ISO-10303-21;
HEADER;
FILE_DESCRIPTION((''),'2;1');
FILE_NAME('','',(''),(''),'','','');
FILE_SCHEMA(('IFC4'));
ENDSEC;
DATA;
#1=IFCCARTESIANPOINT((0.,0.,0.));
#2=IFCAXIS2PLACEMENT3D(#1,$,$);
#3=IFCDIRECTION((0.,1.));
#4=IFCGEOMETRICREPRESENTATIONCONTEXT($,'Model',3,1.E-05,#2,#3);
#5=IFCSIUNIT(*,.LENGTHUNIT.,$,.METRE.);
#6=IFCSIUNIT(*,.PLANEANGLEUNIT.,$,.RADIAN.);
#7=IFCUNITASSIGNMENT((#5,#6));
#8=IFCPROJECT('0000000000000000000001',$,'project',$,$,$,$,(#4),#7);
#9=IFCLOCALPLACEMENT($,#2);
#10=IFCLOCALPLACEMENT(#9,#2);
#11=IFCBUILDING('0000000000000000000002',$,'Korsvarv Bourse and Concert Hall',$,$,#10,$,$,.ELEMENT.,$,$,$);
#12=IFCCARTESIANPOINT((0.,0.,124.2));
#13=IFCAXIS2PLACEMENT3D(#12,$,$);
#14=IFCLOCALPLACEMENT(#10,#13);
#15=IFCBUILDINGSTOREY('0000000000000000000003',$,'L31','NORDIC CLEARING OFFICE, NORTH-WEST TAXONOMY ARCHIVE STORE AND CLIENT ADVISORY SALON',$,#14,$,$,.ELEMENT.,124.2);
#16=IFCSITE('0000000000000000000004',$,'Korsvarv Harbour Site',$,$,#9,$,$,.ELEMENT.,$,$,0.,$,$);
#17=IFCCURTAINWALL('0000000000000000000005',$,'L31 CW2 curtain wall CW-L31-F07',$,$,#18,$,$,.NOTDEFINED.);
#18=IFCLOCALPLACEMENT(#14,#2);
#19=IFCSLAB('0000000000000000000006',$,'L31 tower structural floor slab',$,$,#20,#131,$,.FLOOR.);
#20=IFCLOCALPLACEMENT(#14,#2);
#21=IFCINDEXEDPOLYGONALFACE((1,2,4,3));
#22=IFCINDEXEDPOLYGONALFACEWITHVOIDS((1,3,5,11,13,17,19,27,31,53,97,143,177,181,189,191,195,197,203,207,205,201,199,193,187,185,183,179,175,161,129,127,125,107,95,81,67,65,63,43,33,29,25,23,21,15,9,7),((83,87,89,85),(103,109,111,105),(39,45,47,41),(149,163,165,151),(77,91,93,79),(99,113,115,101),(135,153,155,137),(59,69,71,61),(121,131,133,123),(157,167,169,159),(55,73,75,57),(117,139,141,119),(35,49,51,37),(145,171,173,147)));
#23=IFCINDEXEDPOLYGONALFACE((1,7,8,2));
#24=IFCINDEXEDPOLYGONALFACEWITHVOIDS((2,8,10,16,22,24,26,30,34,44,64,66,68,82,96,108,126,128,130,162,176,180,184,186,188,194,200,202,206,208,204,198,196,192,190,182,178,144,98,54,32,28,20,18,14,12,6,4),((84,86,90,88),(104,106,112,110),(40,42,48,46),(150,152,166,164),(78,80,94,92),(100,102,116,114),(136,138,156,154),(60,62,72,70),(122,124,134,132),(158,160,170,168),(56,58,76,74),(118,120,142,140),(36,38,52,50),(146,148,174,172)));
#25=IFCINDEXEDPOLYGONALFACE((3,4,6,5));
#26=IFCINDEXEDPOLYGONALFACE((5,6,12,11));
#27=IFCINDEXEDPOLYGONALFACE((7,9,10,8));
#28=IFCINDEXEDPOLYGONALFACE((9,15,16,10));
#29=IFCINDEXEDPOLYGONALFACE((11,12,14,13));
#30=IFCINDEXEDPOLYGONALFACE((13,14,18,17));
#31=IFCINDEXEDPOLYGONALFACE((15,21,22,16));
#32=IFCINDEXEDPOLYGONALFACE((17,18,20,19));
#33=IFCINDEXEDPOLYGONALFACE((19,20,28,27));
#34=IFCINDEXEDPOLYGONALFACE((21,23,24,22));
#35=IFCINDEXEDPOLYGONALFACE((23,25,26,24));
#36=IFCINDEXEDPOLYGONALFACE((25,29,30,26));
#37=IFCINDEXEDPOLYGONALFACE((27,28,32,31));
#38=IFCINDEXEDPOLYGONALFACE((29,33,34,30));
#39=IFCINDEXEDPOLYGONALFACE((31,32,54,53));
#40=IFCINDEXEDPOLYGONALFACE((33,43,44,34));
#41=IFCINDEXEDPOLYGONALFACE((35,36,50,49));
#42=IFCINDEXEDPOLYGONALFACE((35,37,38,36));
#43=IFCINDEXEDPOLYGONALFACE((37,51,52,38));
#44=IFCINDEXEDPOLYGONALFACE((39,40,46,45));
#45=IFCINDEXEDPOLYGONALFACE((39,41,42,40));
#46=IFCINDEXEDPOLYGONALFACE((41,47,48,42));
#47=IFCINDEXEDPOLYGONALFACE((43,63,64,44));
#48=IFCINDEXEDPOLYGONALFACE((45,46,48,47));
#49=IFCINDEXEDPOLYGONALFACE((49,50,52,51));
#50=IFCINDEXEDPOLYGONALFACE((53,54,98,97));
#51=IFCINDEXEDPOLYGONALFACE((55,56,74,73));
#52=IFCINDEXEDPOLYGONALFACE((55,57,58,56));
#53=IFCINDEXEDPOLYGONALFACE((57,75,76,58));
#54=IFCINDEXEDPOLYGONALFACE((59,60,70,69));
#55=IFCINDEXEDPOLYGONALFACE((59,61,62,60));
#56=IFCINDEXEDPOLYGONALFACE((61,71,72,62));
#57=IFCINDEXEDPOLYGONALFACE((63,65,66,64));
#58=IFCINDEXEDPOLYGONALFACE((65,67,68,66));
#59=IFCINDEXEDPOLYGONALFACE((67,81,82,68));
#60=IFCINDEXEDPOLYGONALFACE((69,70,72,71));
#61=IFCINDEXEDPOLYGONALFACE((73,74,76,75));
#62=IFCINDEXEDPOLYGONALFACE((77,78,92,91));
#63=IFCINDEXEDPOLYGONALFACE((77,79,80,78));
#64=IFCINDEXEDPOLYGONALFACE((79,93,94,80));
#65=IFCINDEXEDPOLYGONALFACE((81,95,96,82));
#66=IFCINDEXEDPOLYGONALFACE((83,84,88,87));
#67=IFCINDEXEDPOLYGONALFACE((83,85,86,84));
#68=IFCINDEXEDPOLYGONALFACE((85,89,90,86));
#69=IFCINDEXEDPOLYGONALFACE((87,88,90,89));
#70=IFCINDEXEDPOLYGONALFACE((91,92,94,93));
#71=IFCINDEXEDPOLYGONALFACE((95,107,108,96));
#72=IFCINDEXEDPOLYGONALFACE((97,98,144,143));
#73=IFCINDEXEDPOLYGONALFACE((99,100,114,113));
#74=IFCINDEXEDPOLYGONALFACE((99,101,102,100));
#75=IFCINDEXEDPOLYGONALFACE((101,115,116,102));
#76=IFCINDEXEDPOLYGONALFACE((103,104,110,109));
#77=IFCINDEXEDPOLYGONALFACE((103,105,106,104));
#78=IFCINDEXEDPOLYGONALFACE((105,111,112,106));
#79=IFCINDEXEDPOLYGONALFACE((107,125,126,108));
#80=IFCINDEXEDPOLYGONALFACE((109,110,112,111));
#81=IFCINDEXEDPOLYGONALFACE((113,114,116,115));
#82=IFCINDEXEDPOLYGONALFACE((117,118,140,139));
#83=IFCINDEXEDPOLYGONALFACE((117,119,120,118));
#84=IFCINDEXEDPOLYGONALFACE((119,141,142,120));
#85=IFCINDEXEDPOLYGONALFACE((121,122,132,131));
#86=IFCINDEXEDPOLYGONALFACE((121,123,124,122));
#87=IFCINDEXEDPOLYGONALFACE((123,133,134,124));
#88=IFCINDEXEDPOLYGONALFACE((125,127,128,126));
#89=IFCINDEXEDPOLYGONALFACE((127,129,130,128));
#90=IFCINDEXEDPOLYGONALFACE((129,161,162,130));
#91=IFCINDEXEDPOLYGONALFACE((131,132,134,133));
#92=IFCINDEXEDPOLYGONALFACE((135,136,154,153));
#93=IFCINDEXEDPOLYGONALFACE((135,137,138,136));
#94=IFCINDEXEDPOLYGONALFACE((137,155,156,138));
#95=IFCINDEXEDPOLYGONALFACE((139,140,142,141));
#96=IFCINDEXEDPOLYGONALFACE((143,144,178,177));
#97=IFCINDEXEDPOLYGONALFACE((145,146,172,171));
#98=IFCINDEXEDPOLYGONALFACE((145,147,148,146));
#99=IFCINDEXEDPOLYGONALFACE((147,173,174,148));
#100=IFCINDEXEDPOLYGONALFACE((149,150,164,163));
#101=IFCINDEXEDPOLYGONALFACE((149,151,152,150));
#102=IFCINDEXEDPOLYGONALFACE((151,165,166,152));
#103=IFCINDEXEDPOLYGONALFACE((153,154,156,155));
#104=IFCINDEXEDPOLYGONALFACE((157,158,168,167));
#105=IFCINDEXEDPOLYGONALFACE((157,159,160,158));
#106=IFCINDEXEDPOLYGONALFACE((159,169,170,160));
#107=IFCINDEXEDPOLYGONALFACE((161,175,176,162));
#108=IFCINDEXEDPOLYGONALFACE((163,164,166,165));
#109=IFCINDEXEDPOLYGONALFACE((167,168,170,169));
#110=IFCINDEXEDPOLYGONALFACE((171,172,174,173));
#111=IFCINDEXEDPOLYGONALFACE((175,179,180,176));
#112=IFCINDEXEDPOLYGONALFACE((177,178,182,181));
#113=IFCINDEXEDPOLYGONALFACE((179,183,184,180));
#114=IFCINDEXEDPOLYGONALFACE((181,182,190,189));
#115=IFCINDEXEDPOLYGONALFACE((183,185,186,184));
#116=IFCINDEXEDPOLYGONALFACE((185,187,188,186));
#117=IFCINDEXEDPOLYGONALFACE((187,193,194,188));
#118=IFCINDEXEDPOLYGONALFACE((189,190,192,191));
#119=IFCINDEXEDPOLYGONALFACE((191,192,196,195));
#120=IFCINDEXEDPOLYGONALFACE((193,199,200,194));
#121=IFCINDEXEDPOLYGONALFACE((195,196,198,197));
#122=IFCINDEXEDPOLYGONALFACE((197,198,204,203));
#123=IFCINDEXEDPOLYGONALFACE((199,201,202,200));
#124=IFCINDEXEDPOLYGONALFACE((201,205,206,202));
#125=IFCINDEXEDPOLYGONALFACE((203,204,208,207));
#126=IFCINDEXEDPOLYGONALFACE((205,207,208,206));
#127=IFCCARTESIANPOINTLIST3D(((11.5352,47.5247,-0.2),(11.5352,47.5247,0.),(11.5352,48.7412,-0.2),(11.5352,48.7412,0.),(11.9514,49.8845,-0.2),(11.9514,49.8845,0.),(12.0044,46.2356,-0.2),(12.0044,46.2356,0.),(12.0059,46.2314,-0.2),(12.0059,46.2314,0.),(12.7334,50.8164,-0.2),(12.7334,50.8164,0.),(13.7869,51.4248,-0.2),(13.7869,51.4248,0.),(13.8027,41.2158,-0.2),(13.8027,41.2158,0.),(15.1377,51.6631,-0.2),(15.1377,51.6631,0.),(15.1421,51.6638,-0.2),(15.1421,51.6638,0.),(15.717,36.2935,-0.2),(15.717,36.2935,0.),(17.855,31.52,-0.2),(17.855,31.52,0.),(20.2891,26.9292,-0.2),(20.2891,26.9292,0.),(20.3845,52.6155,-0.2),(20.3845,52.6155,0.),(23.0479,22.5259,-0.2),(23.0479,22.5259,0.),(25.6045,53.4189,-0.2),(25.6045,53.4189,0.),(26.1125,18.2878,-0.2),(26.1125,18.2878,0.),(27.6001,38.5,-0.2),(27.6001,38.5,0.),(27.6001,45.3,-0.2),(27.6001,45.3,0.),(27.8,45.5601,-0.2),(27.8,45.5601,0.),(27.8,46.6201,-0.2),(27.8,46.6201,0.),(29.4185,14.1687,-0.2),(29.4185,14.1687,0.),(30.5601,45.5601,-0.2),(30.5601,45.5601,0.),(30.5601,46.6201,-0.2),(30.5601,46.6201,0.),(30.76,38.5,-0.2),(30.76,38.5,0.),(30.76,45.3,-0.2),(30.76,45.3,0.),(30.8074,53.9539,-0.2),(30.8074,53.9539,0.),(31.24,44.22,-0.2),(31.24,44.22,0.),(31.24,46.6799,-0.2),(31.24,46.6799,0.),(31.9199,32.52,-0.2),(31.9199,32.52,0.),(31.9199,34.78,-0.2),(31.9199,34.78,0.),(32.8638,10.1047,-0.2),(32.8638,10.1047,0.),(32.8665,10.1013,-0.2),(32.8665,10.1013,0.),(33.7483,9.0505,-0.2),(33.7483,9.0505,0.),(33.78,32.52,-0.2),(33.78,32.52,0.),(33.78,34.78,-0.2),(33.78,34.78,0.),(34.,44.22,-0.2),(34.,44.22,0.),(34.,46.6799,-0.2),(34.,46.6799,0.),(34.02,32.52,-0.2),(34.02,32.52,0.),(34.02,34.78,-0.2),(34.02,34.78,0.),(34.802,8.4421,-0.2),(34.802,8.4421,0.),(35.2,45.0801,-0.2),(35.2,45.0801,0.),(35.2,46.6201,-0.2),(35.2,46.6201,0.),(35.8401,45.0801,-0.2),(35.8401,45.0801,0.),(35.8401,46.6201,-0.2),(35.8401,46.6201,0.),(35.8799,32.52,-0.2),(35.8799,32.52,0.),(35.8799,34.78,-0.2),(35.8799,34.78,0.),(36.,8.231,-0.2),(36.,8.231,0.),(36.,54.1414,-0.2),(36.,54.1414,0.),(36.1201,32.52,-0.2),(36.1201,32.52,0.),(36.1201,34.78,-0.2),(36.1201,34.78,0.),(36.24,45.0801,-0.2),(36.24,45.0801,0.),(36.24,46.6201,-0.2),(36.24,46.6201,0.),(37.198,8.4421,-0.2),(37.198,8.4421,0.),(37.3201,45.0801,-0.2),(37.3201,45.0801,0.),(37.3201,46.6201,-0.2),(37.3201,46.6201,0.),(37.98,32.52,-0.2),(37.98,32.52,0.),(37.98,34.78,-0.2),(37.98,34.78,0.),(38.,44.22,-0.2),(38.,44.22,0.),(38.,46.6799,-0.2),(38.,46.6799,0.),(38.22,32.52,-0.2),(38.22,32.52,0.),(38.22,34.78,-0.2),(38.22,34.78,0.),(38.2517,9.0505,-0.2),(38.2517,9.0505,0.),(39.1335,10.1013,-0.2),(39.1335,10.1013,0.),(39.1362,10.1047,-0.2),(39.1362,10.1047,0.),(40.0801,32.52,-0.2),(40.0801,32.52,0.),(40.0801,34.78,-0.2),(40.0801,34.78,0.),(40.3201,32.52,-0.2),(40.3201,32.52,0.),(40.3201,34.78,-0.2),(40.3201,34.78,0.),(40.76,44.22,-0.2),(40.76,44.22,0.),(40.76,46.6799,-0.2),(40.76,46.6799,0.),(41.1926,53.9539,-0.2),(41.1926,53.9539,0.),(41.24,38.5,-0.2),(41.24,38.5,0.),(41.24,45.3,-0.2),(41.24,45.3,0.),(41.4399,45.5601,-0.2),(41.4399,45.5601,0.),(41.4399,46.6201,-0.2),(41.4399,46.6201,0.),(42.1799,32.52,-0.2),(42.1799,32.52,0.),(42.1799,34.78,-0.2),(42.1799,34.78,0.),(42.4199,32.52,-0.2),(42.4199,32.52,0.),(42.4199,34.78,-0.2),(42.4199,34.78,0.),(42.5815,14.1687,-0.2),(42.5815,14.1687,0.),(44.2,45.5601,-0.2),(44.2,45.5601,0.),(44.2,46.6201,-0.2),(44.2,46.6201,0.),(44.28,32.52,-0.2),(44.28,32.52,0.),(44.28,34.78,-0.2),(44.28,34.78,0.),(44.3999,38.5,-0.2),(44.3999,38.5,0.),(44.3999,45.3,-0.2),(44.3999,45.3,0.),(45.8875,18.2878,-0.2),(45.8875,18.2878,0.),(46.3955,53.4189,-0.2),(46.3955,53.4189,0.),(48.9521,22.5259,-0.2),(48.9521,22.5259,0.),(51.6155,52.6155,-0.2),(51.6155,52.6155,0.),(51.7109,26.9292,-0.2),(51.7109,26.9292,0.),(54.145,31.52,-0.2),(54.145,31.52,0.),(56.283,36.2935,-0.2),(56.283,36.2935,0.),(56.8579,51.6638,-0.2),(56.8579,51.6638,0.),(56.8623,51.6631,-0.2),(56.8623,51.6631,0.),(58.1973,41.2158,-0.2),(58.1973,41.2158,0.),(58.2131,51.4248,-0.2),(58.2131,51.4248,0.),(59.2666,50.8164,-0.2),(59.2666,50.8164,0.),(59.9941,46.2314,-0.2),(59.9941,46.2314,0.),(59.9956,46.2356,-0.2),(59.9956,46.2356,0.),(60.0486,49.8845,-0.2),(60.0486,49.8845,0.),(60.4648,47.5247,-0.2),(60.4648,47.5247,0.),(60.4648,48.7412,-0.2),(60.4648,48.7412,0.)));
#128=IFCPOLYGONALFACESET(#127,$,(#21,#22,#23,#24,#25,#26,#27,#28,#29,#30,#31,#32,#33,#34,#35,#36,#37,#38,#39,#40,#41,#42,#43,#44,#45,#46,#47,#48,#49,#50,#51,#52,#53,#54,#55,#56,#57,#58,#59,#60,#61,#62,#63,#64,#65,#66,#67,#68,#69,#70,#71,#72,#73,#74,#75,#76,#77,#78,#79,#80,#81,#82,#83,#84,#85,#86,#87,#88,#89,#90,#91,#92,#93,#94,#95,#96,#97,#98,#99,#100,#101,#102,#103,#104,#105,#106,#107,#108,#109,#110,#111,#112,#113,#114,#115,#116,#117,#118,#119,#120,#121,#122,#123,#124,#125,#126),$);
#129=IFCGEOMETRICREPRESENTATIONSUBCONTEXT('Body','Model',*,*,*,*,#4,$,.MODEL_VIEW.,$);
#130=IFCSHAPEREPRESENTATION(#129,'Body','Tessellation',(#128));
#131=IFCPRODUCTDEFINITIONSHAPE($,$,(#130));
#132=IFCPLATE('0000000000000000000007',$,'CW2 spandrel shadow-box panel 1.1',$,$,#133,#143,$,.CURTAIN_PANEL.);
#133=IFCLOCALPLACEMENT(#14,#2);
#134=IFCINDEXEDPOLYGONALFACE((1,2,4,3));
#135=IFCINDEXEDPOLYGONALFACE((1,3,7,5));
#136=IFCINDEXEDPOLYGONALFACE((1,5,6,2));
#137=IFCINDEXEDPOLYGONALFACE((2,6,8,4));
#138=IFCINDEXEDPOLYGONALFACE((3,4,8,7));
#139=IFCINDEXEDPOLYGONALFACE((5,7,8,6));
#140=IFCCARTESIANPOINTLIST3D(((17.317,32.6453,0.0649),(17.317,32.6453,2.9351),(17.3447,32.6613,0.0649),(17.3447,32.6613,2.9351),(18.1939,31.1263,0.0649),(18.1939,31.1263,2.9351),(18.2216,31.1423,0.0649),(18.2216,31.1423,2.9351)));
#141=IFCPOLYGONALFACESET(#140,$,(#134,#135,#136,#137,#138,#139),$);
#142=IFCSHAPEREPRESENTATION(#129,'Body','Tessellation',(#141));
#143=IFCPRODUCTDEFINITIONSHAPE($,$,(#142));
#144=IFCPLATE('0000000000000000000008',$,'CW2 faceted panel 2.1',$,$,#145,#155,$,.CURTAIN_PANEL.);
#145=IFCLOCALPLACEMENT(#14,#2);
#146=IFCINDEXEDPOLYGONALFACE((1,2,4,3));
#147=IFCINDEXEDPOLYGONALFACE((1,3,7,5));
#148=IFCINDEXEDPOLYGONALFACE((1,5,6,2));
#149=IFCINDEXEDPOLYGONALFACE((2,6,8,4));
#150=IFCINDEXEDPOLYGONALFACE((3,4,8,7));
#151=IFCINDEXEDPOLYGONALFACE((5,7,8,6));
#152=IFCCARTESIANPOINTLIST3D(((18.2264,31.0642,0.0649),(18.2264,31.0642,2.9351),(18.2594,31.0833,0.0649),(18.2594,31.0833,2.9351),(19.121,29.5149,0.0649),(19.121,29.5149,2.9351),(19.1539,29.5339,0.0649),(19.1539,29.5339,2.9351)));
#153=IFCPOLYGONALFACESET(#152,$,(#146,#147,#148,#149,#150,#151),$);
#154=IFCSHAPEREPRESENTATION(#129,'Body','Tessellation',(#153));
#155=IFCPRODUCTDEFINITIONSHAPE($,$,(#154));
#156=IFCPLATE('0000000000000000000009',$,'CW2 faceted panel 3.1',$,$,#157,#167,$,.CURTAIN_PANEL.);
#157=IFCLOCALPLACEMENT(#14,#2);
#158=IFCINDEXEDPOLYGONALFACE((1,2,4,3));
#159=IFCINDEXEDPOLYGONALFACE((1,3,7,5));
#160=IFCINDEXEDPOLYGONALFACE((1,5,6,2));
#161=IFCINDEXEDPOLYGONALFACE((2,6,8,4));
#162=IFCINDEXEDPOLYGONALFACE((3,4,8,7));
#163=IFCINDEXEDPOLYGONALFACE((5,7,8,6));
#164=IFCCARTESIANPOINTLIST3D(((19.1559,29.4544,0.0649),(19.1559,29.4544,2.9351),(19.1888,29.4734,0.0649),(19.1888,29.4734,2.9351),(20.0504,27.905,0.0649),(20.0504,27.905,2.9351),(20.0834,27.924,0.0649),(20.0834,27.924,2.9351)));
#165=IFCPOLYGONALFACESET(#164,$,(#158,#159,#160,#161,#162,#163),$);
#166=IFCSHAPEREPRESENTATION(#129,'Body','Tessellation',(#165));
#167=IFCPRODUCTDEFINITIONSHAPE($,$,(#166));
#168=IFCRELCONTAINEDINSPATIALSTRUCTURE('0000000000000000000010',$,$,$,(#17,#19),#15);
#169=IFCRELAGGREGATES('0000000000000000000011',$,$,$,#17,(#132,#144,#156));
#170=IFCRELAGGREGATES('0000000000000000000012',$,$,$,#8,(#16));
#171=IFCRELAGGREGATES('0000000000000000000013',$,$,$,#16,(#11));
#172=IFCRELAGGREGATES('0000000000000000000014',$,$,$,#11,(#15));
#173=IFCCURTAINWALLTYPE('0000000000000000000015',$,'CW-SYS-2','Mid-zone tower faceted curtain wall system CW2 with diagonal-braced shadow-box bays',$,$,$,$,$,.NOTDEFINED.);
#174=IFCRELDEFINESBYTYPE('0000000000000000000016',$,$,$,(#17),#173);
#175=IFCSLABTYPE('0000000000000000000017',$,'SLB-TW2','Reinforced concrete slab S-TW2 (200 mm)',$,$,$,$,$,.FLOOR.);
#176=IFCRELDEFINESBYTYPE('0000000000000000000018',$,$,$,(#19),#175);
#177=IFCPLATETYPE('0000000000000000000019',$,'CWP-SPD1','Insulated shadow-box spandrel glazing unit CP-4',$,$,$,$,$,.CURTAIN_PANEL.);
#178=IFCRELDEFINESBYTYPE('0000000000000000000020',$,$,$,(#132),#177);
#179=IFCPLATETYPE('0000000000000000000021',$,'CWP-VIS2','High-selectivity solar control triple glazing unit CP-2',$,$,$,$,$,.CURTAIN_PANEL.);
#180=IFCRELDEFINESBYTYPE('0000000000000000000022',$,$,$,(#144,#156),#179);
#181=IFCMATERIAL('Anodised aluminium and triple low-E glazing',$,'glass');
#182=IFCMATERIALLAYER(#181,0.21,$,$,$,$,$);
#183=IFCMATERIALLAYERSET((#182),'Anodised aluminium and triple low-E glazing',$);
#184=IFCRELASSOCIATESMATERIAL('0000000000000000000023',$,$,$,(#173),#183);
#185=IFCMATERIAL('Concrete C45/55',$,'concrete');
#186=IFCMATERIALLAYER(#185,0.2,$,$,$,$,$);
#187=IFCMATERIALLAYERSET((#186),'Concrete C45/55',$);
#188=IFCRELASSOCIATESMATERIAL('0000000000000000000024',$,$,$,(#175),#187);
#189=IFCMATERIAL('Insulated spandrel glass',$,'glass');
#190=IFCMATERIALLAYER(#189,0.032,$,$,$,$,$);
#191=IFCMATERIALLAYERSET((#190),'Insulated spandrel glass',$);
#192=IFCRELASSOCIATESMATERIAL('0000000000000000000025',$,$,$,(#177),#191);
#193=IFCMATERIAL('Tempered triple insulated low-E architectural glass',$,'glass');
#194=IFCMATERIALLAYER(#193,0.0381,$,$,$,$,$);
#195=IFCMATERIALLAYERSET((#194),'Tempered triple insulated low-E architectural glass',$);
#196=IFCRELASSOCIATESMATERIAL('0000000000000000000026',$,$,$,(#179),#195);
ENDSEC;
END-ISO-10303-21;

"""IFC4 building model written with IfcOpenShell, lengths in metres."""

from ifc_helpers import new_model, si_unit, direction, frame, origin, origin_2d, place, context, subcontext, project, spatial, polyline, rectangle, outline, extrude, source, transform, mapped, material, layer, layer_set, type_object, element, aggregate, save


model = new_model("IFC4")

# Units and contexts
model_context = context("Model", 3, precision=1e-05, world=origin(), true_north=direction((0.0, 1.0)))
body_context = subcontext(model_context, "Body", "Model", "MODEL_VIEW")
ifc_project = project(units=[si_unit("LENGTHUNIT", "METRE"), si_unit("PLANEANGLEUNIT", "RADIAN")], contexts=[model_context])

# Site, building, storey
site_placement = place(None, origin())
site = spatial("IfcSite", under=ifc_project, at=site_placement, Name="Korsvarv Harbour Site", CompositionType="ELEMENT", RefElevation=0.0)
building_placement = place(site_placement, origin())
building = spatial("IfcBuilding", under=site, at=building_placement, Name="Korsvarv Bourse and Concert Hall", CompositionType="ELEMENT")
storey_placement = place(building_placement, frame((0.0, 0.0, 124.2)))
storey = spatial("IfcBuildingStorey", under=building, at=storey_placement, Name="L31", Description="NORDIC CLEARING OFFICE, NORTH-WEST TAXONOMY ARCHIVE STORE AND CLIENT ADVISORY SALON", CompositionType="ELEMENT", Elevation=124.2)

# Curtain wall
ifc_material_1 = material(Name="Anodised aluminium and triple low-E glazing", Category="glass")
ifc_layer_1 = layer(ifc_material_1, 0.21)
ifc_layer_set_1 = layer_set([ifc_layer_1], Name="Anodised aluminium and triple low-E glazing")
curtain_wall_type = type_object("IfcCurtainWallType", Name="CW-SYS-2", Description="Mid-zone tower faceted curtain wall system CW2 with diagonal-braced shadow-box bays", PredefinedType="NOTDEFINED", material=ifc_layer_set_1)
curtain_wall_placement = place(storey_placement, origin())
curtain_wall = element("IfcCurtainWall", 1, at=curtain_wall_placement, inside=storey, type_object=curtain_wall_type, Name="L31 CW2 curtain wall CW-L31-F07", PredefinedType="NOTDEFINED")

# Slab
ifc_material_2 = material(Name="Concrete C45/55", Category="concrete")
ifc_layer_2 = layer(ifc_material_2, 0.2)
ifc_layer_set_2 = layer_set([ifc_layer_2], Name="Concrete C45/55")
slab_type_1 = type_object("IfcSlabType", Name="SLB-TW2", Description="Reinforced concrete slab S-TW2 (200 mm)", PredefinedType="FLOOR", material=ifc_layer_set_2)
slab_1_placement = place(storey_placement, frame((0.0, 0.0, -0.2)))
element("IfcSlab", 2, at=slab_1_placement, inside=storey, type_object=slab_type_1, Name="L31 tower structural floor slab", PredefinedType="FLOOR", context=body_context, shape_type="SweptSolid", body=[
    extrude(outline(polyline([(59.9941, 46.2314), (58.1973, 41.2158), (56.283, 36.2935), (54.145, 31.52), (51.7109, 26.9292), (48.9521, 22.5259), (45.8875, 18.2878), (42.5815, 14.1687), (39.1362, 10.1047), (39.1335, 10.1013), (38.2517, 9.0505), (37.198, 8.4421), (36.0, 8.231), (34.802, 8.4421), (33.7483, 9.0505), (32.8665, 10.1013), (32.8638, 10.1047), (29.4185, 14.1687), (26.1125, 18.2878), (23.0479, 22.5259), (20.2891, 26.9292), (17.855, 31.52), (15.717, 36.2935), (13.8027, 41.2158), (12.0059, 46.2314), (12.0044, 46.2356), (11.5352, 47.5247), (11.5352, 48.7412), (11.9514, 49.8845), (12.7334, 50.8164), (13.7869, 51.4248), (15.1377, 51.6631), (15.1421, 51.6638), (20.3845, 52.6155), (25.6045, 53.4189), (30.8074, 53.9539), (36.0, 54.1414), (41.1926, 53.9539), (46.3955, 53.4189), (51.6155, 52.6155), (56.8579, 51.6638), (56.8623, 51.6631), (58.2131, 51.4248), (59.2666, 50.8164), (60.0486, 49.8845), (60.4648, 48.7412), (60.4648, 47.5247), (59.9956, 46.2356), (59.9941, 46.2314)]), holes=[polyline([(30.76, 38.5), (30.76, 45.3), (27.6001, 45.3), (27.6001, 38.5), (30.76, 38.5)]), polyline([(44.3999, 38.5), (44.3999, 45.3), (41.24, 45.3), (41.24, 38.5), (44.3999, 38.5)]), polyline([(31.24, 44.22), (34.0, 44.22), (34.0, 46.6799), (31.24, 46.6799), (31.24, 44.22)]), polyline([(38.0, 44.22), (40.76, 44.22), (40.76, 46.6799), (38.0, 46.6799), (38.0, 44.22)]), polyline([(31.9199, 32.52), (33.78, 32.52), (33.78, 34.78), (31.9199, 34.78), (31.9199, 32.52)]), polyline([(34.02, 32.52), (35.8799, 32.52), (35.8799, 34.78), (34.02, 34.78), (34.02, 32.52)]), polyline([(36.1201, 32.52), (37.98, 32.52), (37.98, 34.78), (36.1201, 34.78), (36.1201, 32.52)]), polyline([(38.22, 32.52), (40.0801, 32.52), (40.0801, 34.78), (38.22, 34.78), (38.22, 32.52)]), polyline([(40.3201, 32.52), (42.1799, 32.52), (42.1799, 34.78), (40.3201, 34.78), (40.3201, 32.52)]), polyline([(42.4199, 32.52), (44.28, 32.52), (44.28, 34.78), (42.4199, 34.78), (42.4199, 32.52)]), polyline([(27.8, 45.5601), (30.5601, 45.5601), (30.5601, 46.6201), (27.8, 46.6201), (27.8, 45.5601)]), polyline([(41.4399, 45.5601), (44.2, 45.5601), (44.2, 46.6201), (41.4399, 46.6201), (41.4399, 45.5601)]), polyline([(35.2, 45.0801), (35.8401, 45.0801), (35.8401, 46.6201), (35.2, 46.6201), (35.2, 45.0801)]), polyline([(36.24, 45.0801), (37.3201, 45.0801), (37.3201, 46.6201), (36.24, 46.6201), (36.24, 45.0801)])]), origin(), (0.0, 0.0, 1.0), 0.2),
])

# Plates
ifc_material_3 = material(Name="Insulated spandrel glass", Category="glass")
ifc_layer_3 = layer(ifc_material_3, 0.032)
ifc_layer_set_3 = layer_set([ifc_layer_3], Name="Insulated spandrel glass")
plate_type_1 = type_object("IfcPlateType", Name="CWP-SPD1", Description="Insulated shadow-box spandrel glazing unit CP-4", PredefinedType="CURTAIN_PANEL", material=ifc_layer_set_3)
shared_shape_1 = source(origin(), body_context, "Body", "SweptSolid", [
    extrude(rectangle(XDim=1.7539, YDim=0.032, at=origin_2d()), origin(), (0.0, 0.0, 1.0), 2.8701),
])
plate_1_placement = place(storey_placement, frame((17.7693, 31.8938, 0.0649), z_axis=(0.0, 0.0, 1.0), x_axis=(0.500007, -0.866021, 0.0)))
plate_1 = element("IfcPlate", 3, at=plate_1_placement, type_object=plate_type_1, Name="CW2 spandrel shadow-box panel 1.1", PredefinedType="CURTAIN_PANEL", context=body_context, shape_type="MappedRepresentation", body=[
    mapped(shared_shape_1, transform((0.0, 0.0, 0.0), scale=1.0)),
])
ifc_material_4 = material(Name="Tempered triple insulated low-E architectural glass", Category="glass")
ifc_layer_4 = layer(ifc_material_4, 0.0381)
ifc_layer_set_4 = layer_set([ifc_layer_4], Name="Tempered triple insulated low-E architectural glass")
plate_type_2 = type_object("IfcPlateType", Name="CWP-VIS2", Description="High-selectivity solar control triple glazing unit CP-2", PredefinedType="CURTAIN_PANEL", material=ifc_layer_set_4)
shared_shape_2 = source(origin(), body_context, "Body", "SweptSolid", [
    extrude(rectangle(XDim=1.7891, YDim=0.0381, at=origin_2d()), origin(), (0.0, 0.0, 1.0), 2.8701),
])
plate_2_placement = place(storey_placement, frame((18.6902, 30.2991, 0.0649), z_axis=(0.0, 0.0, 1.0), x_axis=(0.500007, -0.866021, 0.0)))
plate_2 = element("IfcPlate", 4, at=plate_2_placement, type_object=plate_type_2, Name="CW2 faceted panel 2.1", PredefinedType="CURTAIN_PANEL", context=body_context, shape_type="MappedRepresentation", body=[
    mapped(shared_shape_2, transform((0.0, 0.0, 0.0), scale=1.0)),
])
plate_3_placement = place(storey_placement, frame((19.6196, 28.6892, 0.0649), z_axis=(0.0, 0.0, 1.0), x_axis=(0.500007, -0.866021, 0.0)))
plate_3 = element("IfcPlate", 5, at=plate_3_placement, type_object=plate_type_2, Name="CW2 faceted panel 3.1", PredefinedType="CURTAIN_PANEL", context=body_context, shape_type="MappedRepresentation", body=[
    mapped(shared_shape_2, transform((0.0, 0.0, 0.0), scale=1.0)),
])
aggregate(curtain_wall, [plate_1, plate_2, plate_3])

save(model, "model.ifc")
